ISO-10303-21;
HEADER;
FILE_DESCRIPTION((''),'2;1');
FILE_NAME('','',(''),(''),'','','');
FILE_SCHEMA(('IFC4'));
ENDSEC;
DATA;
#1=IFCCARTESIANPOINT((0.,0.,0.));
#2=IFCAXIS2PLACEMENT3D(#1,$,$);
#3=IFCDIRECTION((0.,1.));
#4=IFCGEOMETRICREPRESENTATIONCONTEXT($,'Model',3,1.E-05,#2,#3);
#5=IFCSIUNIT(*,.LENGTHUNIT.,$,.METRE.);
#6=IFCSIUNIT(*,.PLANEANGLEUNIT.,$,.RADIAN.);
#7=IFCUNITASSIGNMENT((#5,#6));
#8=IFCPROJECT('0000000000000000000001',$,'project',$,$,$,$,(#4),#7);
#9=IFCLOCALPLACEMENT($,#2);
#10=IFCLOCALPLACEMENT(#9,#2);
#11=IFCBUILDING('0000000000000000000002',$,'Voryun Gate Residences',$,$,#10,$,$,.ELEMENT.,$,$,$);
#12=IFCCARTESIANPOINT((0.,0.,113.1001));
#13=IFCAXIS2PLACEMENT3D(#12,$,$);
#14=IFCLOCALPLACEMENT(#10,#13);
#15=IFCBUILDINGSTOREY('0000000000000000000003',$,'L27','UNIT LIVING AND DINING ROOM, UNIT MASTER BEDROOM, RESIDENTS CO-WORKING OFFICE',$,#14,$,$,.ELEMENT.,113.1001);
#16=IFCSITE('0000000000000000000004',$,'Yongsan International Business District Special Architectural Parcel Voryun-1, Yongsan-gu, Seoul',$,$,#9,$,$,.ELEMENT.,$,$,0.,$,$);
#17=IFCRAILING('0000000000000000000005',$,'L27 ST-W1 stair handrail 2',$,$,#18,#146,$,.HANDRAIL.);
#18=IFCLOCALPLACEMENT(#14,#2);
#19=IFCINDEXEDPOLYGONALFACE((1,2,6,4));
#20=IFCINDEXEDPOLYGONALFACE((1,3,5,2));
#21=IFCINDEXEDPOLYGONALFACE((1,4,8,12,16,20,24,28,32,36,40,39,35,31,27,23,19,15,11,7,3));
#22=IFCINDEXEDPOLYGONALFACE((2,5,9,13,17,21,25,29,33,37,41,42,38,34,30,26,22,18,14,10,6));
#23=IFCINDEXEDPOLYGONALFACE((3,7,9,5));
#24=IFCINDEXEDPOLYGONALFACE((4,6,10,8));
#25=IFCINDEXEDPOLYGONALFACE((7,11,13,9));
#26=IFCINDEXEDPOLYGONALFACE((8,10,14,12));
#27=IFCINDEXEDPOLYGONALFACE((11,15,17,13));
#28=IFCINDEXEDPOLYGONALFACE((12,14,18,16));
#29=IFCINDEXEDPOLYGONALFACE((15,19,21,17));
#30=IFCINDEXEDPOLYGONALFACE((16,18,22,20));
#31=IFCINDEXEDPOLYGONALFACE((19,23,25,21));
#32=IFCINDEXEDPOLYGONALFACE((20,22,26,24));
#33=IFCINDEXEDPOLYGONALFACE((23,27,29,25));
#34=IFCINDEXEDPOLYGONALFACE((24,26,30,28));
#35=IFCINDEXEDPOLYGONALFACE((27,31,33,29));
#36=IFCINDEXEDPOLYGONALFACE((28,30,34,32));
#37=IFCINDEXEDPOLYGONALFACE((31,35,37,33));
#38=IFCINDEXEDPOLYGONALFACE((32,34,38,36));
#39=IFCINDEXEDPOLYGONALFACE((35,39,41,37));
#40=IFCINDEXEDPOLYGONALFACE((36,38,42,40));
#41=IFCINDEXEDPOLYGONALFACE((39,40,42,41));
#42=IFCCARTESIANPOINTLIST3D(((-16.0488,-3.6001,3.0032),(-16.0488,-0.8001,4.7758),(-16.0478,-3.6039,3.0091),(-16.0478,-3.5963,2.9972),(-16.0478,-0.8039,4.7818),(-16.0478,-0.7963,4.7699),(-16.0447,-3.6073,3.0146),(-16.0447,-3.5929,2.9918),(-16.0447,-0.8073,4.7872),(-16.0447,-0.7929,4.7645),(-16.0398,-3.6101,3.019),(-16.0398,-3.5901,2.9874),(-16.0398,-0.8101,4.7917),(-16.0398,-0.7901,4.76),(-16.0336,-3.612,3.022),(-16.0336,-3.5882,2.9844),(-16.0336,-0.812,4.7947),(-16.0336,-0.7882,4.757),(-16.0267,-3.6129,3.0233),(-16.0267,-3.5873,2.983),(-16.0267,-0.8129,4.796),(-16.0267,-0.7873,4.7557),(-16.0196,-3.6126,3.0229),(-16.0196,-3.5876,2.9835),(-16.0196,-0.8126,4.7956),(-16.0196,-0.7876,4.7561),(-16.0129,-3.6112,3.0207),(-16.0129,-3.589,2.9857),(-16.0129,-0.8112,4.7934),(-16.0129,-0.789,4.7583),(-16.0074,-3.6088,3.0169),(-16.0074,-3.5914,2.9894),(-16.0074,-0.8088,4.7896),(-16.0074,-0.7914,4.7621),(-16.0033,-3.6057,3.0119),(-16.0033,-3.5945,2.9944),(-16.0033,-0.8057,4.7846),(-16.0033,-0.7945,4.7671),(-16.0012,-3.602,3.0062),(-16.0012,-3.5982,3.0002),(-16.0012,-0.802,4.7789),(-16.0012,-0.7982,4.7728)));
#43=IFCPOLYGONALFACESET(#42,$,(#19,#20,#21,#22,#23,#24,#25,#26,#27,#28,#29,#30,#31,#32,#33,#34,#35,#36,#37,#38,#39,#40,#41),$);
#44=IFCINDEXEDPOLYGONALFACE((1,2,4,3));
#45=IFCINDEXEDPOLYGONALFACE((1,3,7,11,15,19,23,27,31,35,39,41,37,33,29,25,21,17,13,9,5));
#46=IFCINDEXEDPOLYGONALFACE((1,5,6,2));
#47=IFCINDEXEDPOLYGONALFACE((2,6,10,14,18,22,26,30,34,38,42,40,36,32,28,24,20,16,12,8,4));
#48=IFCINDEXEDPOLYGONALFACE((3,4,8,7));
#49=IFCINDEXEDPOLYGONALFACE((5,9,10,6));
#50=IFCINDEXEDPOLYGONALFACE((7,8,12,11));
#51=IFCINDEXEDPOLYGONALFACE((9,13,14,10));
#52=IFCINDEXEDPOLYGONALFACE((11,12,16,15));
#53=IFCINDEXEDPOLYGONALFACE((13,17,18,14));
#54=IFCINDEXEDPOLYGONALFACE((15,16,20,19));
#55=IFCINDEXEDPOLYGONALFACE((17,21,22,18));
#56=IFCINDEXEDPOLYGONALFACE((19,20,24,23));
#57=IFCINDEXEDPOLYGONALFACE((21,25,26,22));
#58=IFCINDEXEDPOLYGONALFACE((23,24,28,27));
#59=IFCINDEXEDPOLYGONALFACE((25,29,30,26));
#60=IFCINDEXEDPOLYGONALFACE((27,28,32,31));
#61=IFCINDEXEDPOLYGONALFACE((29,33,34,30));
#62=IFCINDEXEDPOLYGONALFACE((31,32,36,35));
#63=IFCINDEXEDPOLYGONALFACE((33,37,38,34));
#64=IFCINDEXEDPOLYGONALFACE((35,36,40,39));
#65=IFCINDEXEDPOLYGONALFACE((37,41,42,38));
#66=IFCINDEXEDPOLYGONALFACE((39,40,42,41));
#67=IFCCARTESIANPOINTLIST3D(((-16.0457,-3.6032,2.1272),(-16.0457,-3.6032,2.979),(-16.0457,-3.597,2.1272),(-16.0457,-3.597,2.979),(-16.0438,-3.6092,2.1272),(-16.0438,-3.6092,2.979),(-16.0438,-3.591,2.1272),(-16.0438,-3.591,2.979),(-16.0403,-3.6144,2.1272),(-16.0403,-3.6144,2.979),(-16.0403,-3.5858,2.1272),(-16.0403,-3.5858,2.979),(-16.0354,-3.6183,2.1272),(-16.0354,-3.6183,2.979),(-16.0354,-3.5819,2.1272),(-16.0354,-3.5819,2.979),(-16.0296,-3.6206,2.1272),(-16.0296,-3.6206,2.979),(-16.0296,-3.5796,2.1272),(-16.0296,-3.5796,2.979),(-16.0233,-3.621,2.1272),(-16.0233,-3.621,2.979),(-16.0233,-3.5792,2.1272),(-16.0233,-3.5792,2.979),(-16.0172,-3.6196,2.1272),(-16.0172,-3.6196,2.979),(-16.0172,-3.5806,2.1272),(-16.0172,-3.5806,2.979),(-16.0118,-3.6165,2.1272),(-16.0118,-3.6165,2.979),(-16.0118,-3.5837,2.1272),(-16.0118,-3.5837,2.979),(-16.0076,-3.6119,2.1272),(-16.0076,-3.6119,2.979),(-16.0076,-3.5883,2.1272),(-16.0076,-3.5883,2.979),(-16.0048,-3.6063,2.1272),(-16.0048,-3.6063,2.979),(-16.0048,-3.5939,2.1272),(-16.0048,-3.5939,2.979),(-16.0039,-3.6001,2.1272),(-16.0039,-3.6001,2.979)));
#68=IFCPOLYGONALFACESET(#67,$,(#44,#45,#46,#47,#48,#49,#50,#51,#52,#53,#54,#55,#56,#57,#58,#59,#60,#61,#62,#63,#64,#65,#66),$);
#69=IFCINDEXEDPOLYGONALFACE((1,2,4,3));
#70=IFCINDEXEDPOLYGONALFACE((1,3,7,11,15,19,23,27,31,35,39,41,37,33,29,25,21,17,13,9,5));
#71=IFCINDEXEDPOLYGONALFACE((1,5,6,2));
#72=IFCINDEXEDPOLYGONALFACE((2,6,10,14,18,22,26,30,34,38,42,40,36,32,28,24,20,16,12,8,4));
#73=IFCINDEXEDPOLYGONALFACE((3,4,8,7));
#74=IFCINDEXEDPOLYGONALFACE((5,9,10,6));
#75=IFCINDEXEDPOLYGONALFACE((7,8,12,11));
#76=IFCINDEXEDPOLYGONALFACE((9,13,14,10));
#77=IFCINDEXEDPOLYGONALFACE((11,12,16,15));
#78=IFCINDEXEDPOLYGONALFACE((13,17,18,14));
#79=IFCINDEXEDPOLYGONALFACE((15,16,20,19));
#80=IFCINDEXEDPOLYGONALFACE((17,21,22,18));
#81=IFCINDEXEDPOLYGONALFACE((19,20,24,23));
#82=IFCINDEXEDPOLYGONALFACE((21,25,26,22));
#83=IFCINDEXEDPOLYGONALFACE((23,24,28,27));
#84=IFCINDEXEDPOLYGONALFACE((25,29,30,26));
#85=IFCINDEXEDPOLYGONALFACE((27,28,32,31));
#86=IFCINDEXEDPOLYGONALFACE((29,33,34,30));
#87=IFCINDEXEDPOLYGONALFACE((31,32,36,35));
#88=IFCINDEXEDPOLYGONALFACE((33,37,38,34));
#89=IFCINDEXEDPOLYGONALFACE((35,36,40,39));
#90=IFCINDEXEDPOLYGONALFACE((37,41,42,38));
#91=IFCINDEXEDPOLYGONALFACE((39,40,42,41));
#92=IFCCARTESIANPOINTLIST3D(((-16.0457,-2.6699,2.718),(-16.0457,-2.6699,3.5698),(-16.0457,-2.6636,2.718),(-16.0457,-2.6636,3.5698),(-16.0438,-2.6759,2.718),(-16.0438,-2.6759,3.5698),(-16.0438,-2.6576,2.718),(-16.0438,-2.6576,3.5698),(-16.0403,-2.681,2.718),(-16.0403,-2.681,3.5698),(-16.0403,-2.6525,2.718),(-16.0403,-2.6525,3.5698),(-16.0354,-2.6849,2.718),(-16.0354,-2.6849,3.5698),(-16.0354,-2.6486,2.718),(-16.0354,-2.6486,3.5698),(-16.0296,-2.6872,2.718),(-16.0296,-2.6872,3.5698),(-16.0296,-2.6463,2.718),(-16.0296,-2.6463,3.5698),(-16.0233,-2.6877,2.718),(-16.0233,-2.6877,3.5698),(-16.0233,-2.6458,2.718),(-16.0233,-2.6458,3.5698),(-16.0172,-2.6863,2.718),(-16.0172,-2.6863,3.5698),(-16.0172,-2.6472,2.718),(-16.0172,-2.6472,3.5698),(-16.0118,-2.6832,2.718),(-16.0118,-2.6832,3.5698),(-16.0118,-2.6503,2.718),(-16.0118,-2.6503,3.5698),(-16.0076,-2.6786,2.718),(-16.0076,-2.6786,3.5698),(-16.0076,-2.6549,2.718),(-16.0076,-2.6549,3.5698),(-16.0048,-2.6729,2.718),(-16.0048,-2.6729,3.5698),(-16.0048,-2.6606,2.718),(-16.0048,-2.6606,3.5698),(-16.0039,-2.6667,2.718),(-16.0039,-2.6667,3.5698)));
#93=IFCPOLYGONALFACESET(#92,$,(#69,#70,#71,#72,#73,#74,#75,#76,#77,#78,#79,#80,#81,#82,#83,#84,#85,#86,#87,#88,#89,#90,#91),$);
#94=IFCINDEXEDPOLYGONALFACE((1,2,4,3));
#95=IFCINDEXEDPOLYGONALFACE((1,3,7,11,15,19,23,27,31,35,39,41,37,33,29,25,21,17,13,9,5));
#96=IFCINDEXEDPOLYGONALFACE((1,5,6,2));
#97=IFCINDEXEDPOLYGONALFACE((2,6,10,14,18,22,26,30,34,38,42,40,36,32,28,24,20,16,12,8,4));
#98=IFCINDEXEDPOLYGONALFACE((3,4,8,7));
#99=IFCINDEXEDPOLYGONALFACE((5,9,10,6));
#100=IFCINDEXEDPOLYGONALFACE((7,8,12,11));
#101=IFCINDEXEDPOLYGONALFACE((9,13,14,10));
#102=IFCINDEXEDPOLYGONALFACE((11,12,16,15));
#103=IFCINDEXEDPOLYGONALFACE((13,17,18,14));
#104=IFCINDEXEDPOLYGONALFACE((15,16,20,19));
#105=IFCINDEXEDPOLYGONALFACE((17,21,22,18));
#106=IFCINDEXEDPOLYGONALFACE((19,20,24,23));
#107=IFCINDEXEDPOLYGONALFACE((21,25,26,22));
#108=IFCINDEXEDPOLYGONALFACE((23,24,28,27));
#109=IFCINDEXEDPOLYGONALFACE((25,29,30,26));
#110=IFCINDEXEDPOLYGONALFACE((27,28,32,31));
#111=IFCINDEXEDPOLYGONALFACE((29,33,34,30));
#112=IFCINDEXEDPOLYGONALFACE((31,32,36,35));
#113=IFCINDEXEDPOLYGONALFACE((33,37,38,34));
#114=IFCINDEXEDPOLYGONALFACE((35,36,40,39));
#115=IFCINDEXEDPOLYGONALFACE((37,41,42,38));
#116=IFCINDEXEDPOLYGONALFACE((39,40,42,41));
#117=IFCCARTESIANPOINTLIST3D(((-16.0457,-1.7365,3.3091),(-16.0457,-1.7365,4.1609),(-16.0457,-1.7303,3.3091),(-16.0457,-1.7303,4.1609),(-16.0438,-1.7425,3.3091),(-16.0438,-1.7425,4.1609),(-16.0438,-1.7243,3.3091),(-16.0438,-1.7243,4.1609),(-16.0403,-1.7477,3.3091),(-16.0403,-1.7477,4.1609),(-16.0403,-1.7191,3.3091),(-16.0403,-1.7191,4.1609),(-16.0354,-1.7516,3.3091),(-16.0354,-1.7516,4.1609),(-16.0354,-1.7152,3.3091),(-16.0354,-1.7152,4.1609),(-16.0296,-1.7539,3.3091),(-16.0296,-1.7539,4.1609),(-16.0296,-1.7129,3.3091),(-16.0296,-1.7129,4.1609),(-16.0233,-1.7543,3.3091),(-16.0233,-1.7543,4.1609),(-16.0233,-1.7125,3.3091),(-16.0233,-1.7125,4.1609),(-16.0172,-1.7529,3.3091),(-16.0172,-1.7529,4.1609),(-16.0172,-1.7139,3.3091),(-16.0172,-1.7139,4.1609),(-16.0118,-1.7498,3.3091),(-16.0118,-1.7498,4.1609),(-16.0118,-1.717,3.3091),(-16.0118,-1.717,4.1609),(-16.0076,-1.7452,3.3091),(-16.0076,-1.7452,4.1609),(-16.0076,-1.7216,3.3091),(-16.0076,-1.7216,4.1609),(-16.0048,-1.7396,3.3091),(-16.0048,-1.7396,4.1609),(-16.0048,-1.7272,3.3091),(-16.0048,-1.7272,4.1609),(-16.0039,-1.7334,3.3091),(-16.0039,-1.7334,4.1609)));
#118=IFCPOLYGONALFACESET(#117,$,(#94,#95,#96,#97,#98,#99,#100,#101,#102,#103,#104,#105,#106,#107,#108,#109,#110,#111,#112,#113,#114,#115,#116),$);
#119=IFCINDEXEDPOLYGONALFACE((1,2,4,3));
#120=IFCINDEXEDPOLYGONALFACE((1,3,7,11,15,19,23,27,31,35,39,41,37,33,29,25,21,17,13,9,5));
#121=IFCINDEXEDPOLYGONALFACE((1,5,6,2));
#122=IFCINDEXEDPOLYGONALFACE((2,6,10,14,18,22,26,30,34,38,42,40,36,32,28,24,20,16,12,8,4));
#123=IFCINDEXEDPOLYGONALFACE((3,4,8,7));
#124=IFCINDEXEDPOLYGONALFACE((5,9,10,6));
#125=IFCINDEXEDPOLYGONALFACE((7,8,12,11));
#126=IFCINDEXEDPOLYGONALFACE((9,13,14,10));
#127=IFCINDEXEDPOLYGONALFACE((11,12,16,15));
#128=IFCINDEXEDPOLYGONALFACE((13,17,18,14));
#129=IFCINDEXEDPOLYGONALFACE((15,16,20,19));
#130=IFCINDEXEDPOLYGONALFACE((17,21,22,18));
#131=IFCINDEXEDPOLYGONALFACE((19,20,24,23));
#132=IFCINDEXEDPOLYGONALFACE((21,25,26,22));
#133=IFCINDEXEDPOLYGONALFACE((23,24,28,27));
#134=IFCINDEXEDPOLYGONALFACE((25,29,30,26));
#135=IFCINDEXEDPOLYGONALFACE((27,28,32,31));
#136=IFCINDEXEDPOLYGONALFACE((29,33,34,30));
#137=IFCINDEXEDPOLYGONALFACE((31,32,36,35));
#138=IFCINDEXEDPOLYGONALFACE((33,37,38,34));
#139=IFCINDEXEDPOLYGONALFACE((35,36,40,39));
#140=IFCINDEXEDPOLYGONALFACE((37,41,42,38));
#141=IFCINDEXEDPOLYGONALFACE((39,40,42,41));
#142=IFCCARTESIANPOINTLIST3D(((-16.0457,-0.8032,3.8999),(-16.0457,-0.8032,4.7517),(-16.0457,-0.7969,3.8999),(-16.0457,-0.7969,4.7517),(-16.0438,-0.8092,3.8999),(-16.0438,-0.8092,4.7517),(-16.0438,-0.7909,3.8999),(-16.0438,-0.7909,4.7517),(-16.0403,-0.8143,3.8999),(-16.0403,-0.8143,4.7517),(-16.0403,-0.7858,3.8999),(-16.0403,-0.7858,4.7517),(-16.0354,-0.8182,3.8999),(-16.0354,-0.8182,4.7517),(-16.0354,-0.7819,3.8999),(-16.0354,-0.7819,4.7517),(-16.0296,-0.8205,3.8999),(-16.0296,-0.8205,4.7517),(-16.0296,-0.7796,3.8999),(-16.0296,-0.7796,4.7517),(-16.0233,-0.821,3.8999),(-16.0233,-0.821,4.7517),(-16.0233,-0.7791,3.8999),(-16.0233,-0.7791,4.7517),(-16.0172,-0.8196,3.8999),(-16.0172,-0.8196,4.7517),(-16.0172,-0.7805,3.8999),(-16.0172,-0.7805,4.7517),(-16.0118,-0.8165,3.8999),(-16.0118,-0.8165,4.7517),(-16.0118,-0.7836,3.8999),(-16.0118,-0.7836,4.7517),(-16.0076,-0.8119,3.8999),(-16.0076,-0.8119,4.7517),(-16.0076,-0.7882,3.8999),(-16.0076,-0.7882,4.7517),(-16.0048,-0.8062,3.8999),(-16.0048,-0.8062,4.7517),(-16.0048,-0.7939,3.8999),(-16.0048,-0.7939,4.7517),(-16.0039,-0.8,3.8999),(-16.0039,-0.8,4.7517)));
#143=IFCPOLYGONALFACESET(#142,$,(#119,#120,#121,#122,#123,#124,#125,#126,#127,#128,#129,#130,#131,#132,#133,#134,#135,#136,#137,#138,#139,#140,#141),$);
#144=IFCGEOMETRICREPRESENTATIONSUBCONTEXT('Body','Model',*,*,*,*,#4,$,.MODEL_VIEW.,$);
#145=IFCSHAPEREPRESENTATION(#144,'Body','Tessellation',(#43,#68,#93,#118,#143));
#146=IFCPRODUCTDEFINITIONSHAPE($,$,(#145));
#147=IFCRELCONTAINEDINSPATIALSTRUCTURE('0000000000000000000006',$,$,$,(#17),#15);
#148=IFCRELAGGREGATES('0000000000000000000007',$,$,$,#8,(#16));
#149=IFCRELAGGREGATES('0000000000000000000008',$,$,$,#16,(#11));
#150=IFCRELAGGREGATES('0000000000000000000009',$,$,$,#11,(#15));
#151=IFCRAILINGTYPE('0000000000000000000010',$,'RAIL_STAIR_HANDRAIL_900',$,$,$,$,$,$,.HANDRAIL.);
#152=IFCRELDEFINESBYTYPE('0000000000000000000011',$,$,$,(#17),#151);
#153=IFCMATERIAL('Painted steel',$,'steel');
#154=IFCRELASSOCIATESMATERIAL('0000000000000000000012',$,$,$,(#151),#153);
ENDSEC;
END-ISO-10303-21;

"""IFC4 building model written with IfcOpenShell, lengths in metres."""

from ifc_helpers import new_model, si_unit, direction, frame, origin, origin_2d, place, context, subcontext, project, spatial, circle, extrude, material, type_object, element, save


model = new_model("IFC4")

# Units and contexts
model_context = context("Model", 3, precision=1e-05, world=origin(), true_north=direction((0.0, 1.0)))
body_context = subcontext(model_context, "Body", "Model", "MODEL_VIEW")
ifc_project = project(units=[si_unit("LENGTHUNIT", "METRE"), si_unit("PLANEANGLEUNIT", "RADIAN")], contexts=[model_context])

# Site, building, storey
site_placement = place(None, origin())
site = spatial("IfcSite", under=ifc_project, at=site_placement, Name="Yongsan International Business District Special Architectural Parcel Voryun-1, Yongsan-gu, Seoul", CompositionType="ELEMENT", RefElevation=0.0)
building_placement = place(site_placement, origin())
building = spatial("IfcBuilding", under=site, at=building_placement, Name="Voryun Gate Residences", CompositionType="ELEMENT")
storey_placement = place(building_placement, frame((0.0, 0.0, 113.1001)))
storey = spatial("IfcBuildingStorey", under=building, at=storey_placement, Name="L27", Description="UNIT LIVING AND DINING ROOM, UNIT MASTER BEDROOM, RESIDENTS CO-WORKING OFFICE", CompositionType="ELEMENT", Elevation=113.1001)

# Railing
ifc_material_1 = material(Name="Painted steel", Category="steel")
railing_type_1 = type_object("IfcRailingType", Name="RAIL_STAIR_HANDRAIL_900", PredefinedType="HANDRAIL", material=ifc_material_1)
railing_1_placement = place(storey_placement, frame((-16.0249, -3.6001, 2.1272)))
element("IfcRailing", 1, at=railing_1_placement, inside=storey, type_object=railing_type_1, Name="L27 ST-W1 stair handrail 2", PredefinedType="HANDRAIL", context=body_context, shape_type="SweptSolid", body=[
    extrude(circle(Radius=0.0239, at=origin_2d()), frame((0.0, 0.0, 0.876), z_axis=(0.0, 0.844909, 0.53491), x_axis=(-1.0, 0.0, 0.0)), (0.0, 0.0, 1.0), 3.314),
    extrude(circle(Radius=0.021, at=origin_2d()), origin(), (0.0, 0.0, 1.0), 0.8518),
    extrude(circle(Radius=0.021, at=origin_2d()), frame((0.0, 0.9333, 0.5908)), (0.0, 0.0, 1.0), 0.8518),
    extrude(circle(Radius=0.021, at=origin_2d()), frame((0.0, 1.8667, 1.1819)), (0.0, 0.0, 1.0), 0.8518),
    extrude(circle(Radius=0.021, at=origin_2d()), frame((0.0, 2.8, 1.7727)), (0.0, 0.0, 1.0), 0.8518),
])

save(model, "model.ifc")
